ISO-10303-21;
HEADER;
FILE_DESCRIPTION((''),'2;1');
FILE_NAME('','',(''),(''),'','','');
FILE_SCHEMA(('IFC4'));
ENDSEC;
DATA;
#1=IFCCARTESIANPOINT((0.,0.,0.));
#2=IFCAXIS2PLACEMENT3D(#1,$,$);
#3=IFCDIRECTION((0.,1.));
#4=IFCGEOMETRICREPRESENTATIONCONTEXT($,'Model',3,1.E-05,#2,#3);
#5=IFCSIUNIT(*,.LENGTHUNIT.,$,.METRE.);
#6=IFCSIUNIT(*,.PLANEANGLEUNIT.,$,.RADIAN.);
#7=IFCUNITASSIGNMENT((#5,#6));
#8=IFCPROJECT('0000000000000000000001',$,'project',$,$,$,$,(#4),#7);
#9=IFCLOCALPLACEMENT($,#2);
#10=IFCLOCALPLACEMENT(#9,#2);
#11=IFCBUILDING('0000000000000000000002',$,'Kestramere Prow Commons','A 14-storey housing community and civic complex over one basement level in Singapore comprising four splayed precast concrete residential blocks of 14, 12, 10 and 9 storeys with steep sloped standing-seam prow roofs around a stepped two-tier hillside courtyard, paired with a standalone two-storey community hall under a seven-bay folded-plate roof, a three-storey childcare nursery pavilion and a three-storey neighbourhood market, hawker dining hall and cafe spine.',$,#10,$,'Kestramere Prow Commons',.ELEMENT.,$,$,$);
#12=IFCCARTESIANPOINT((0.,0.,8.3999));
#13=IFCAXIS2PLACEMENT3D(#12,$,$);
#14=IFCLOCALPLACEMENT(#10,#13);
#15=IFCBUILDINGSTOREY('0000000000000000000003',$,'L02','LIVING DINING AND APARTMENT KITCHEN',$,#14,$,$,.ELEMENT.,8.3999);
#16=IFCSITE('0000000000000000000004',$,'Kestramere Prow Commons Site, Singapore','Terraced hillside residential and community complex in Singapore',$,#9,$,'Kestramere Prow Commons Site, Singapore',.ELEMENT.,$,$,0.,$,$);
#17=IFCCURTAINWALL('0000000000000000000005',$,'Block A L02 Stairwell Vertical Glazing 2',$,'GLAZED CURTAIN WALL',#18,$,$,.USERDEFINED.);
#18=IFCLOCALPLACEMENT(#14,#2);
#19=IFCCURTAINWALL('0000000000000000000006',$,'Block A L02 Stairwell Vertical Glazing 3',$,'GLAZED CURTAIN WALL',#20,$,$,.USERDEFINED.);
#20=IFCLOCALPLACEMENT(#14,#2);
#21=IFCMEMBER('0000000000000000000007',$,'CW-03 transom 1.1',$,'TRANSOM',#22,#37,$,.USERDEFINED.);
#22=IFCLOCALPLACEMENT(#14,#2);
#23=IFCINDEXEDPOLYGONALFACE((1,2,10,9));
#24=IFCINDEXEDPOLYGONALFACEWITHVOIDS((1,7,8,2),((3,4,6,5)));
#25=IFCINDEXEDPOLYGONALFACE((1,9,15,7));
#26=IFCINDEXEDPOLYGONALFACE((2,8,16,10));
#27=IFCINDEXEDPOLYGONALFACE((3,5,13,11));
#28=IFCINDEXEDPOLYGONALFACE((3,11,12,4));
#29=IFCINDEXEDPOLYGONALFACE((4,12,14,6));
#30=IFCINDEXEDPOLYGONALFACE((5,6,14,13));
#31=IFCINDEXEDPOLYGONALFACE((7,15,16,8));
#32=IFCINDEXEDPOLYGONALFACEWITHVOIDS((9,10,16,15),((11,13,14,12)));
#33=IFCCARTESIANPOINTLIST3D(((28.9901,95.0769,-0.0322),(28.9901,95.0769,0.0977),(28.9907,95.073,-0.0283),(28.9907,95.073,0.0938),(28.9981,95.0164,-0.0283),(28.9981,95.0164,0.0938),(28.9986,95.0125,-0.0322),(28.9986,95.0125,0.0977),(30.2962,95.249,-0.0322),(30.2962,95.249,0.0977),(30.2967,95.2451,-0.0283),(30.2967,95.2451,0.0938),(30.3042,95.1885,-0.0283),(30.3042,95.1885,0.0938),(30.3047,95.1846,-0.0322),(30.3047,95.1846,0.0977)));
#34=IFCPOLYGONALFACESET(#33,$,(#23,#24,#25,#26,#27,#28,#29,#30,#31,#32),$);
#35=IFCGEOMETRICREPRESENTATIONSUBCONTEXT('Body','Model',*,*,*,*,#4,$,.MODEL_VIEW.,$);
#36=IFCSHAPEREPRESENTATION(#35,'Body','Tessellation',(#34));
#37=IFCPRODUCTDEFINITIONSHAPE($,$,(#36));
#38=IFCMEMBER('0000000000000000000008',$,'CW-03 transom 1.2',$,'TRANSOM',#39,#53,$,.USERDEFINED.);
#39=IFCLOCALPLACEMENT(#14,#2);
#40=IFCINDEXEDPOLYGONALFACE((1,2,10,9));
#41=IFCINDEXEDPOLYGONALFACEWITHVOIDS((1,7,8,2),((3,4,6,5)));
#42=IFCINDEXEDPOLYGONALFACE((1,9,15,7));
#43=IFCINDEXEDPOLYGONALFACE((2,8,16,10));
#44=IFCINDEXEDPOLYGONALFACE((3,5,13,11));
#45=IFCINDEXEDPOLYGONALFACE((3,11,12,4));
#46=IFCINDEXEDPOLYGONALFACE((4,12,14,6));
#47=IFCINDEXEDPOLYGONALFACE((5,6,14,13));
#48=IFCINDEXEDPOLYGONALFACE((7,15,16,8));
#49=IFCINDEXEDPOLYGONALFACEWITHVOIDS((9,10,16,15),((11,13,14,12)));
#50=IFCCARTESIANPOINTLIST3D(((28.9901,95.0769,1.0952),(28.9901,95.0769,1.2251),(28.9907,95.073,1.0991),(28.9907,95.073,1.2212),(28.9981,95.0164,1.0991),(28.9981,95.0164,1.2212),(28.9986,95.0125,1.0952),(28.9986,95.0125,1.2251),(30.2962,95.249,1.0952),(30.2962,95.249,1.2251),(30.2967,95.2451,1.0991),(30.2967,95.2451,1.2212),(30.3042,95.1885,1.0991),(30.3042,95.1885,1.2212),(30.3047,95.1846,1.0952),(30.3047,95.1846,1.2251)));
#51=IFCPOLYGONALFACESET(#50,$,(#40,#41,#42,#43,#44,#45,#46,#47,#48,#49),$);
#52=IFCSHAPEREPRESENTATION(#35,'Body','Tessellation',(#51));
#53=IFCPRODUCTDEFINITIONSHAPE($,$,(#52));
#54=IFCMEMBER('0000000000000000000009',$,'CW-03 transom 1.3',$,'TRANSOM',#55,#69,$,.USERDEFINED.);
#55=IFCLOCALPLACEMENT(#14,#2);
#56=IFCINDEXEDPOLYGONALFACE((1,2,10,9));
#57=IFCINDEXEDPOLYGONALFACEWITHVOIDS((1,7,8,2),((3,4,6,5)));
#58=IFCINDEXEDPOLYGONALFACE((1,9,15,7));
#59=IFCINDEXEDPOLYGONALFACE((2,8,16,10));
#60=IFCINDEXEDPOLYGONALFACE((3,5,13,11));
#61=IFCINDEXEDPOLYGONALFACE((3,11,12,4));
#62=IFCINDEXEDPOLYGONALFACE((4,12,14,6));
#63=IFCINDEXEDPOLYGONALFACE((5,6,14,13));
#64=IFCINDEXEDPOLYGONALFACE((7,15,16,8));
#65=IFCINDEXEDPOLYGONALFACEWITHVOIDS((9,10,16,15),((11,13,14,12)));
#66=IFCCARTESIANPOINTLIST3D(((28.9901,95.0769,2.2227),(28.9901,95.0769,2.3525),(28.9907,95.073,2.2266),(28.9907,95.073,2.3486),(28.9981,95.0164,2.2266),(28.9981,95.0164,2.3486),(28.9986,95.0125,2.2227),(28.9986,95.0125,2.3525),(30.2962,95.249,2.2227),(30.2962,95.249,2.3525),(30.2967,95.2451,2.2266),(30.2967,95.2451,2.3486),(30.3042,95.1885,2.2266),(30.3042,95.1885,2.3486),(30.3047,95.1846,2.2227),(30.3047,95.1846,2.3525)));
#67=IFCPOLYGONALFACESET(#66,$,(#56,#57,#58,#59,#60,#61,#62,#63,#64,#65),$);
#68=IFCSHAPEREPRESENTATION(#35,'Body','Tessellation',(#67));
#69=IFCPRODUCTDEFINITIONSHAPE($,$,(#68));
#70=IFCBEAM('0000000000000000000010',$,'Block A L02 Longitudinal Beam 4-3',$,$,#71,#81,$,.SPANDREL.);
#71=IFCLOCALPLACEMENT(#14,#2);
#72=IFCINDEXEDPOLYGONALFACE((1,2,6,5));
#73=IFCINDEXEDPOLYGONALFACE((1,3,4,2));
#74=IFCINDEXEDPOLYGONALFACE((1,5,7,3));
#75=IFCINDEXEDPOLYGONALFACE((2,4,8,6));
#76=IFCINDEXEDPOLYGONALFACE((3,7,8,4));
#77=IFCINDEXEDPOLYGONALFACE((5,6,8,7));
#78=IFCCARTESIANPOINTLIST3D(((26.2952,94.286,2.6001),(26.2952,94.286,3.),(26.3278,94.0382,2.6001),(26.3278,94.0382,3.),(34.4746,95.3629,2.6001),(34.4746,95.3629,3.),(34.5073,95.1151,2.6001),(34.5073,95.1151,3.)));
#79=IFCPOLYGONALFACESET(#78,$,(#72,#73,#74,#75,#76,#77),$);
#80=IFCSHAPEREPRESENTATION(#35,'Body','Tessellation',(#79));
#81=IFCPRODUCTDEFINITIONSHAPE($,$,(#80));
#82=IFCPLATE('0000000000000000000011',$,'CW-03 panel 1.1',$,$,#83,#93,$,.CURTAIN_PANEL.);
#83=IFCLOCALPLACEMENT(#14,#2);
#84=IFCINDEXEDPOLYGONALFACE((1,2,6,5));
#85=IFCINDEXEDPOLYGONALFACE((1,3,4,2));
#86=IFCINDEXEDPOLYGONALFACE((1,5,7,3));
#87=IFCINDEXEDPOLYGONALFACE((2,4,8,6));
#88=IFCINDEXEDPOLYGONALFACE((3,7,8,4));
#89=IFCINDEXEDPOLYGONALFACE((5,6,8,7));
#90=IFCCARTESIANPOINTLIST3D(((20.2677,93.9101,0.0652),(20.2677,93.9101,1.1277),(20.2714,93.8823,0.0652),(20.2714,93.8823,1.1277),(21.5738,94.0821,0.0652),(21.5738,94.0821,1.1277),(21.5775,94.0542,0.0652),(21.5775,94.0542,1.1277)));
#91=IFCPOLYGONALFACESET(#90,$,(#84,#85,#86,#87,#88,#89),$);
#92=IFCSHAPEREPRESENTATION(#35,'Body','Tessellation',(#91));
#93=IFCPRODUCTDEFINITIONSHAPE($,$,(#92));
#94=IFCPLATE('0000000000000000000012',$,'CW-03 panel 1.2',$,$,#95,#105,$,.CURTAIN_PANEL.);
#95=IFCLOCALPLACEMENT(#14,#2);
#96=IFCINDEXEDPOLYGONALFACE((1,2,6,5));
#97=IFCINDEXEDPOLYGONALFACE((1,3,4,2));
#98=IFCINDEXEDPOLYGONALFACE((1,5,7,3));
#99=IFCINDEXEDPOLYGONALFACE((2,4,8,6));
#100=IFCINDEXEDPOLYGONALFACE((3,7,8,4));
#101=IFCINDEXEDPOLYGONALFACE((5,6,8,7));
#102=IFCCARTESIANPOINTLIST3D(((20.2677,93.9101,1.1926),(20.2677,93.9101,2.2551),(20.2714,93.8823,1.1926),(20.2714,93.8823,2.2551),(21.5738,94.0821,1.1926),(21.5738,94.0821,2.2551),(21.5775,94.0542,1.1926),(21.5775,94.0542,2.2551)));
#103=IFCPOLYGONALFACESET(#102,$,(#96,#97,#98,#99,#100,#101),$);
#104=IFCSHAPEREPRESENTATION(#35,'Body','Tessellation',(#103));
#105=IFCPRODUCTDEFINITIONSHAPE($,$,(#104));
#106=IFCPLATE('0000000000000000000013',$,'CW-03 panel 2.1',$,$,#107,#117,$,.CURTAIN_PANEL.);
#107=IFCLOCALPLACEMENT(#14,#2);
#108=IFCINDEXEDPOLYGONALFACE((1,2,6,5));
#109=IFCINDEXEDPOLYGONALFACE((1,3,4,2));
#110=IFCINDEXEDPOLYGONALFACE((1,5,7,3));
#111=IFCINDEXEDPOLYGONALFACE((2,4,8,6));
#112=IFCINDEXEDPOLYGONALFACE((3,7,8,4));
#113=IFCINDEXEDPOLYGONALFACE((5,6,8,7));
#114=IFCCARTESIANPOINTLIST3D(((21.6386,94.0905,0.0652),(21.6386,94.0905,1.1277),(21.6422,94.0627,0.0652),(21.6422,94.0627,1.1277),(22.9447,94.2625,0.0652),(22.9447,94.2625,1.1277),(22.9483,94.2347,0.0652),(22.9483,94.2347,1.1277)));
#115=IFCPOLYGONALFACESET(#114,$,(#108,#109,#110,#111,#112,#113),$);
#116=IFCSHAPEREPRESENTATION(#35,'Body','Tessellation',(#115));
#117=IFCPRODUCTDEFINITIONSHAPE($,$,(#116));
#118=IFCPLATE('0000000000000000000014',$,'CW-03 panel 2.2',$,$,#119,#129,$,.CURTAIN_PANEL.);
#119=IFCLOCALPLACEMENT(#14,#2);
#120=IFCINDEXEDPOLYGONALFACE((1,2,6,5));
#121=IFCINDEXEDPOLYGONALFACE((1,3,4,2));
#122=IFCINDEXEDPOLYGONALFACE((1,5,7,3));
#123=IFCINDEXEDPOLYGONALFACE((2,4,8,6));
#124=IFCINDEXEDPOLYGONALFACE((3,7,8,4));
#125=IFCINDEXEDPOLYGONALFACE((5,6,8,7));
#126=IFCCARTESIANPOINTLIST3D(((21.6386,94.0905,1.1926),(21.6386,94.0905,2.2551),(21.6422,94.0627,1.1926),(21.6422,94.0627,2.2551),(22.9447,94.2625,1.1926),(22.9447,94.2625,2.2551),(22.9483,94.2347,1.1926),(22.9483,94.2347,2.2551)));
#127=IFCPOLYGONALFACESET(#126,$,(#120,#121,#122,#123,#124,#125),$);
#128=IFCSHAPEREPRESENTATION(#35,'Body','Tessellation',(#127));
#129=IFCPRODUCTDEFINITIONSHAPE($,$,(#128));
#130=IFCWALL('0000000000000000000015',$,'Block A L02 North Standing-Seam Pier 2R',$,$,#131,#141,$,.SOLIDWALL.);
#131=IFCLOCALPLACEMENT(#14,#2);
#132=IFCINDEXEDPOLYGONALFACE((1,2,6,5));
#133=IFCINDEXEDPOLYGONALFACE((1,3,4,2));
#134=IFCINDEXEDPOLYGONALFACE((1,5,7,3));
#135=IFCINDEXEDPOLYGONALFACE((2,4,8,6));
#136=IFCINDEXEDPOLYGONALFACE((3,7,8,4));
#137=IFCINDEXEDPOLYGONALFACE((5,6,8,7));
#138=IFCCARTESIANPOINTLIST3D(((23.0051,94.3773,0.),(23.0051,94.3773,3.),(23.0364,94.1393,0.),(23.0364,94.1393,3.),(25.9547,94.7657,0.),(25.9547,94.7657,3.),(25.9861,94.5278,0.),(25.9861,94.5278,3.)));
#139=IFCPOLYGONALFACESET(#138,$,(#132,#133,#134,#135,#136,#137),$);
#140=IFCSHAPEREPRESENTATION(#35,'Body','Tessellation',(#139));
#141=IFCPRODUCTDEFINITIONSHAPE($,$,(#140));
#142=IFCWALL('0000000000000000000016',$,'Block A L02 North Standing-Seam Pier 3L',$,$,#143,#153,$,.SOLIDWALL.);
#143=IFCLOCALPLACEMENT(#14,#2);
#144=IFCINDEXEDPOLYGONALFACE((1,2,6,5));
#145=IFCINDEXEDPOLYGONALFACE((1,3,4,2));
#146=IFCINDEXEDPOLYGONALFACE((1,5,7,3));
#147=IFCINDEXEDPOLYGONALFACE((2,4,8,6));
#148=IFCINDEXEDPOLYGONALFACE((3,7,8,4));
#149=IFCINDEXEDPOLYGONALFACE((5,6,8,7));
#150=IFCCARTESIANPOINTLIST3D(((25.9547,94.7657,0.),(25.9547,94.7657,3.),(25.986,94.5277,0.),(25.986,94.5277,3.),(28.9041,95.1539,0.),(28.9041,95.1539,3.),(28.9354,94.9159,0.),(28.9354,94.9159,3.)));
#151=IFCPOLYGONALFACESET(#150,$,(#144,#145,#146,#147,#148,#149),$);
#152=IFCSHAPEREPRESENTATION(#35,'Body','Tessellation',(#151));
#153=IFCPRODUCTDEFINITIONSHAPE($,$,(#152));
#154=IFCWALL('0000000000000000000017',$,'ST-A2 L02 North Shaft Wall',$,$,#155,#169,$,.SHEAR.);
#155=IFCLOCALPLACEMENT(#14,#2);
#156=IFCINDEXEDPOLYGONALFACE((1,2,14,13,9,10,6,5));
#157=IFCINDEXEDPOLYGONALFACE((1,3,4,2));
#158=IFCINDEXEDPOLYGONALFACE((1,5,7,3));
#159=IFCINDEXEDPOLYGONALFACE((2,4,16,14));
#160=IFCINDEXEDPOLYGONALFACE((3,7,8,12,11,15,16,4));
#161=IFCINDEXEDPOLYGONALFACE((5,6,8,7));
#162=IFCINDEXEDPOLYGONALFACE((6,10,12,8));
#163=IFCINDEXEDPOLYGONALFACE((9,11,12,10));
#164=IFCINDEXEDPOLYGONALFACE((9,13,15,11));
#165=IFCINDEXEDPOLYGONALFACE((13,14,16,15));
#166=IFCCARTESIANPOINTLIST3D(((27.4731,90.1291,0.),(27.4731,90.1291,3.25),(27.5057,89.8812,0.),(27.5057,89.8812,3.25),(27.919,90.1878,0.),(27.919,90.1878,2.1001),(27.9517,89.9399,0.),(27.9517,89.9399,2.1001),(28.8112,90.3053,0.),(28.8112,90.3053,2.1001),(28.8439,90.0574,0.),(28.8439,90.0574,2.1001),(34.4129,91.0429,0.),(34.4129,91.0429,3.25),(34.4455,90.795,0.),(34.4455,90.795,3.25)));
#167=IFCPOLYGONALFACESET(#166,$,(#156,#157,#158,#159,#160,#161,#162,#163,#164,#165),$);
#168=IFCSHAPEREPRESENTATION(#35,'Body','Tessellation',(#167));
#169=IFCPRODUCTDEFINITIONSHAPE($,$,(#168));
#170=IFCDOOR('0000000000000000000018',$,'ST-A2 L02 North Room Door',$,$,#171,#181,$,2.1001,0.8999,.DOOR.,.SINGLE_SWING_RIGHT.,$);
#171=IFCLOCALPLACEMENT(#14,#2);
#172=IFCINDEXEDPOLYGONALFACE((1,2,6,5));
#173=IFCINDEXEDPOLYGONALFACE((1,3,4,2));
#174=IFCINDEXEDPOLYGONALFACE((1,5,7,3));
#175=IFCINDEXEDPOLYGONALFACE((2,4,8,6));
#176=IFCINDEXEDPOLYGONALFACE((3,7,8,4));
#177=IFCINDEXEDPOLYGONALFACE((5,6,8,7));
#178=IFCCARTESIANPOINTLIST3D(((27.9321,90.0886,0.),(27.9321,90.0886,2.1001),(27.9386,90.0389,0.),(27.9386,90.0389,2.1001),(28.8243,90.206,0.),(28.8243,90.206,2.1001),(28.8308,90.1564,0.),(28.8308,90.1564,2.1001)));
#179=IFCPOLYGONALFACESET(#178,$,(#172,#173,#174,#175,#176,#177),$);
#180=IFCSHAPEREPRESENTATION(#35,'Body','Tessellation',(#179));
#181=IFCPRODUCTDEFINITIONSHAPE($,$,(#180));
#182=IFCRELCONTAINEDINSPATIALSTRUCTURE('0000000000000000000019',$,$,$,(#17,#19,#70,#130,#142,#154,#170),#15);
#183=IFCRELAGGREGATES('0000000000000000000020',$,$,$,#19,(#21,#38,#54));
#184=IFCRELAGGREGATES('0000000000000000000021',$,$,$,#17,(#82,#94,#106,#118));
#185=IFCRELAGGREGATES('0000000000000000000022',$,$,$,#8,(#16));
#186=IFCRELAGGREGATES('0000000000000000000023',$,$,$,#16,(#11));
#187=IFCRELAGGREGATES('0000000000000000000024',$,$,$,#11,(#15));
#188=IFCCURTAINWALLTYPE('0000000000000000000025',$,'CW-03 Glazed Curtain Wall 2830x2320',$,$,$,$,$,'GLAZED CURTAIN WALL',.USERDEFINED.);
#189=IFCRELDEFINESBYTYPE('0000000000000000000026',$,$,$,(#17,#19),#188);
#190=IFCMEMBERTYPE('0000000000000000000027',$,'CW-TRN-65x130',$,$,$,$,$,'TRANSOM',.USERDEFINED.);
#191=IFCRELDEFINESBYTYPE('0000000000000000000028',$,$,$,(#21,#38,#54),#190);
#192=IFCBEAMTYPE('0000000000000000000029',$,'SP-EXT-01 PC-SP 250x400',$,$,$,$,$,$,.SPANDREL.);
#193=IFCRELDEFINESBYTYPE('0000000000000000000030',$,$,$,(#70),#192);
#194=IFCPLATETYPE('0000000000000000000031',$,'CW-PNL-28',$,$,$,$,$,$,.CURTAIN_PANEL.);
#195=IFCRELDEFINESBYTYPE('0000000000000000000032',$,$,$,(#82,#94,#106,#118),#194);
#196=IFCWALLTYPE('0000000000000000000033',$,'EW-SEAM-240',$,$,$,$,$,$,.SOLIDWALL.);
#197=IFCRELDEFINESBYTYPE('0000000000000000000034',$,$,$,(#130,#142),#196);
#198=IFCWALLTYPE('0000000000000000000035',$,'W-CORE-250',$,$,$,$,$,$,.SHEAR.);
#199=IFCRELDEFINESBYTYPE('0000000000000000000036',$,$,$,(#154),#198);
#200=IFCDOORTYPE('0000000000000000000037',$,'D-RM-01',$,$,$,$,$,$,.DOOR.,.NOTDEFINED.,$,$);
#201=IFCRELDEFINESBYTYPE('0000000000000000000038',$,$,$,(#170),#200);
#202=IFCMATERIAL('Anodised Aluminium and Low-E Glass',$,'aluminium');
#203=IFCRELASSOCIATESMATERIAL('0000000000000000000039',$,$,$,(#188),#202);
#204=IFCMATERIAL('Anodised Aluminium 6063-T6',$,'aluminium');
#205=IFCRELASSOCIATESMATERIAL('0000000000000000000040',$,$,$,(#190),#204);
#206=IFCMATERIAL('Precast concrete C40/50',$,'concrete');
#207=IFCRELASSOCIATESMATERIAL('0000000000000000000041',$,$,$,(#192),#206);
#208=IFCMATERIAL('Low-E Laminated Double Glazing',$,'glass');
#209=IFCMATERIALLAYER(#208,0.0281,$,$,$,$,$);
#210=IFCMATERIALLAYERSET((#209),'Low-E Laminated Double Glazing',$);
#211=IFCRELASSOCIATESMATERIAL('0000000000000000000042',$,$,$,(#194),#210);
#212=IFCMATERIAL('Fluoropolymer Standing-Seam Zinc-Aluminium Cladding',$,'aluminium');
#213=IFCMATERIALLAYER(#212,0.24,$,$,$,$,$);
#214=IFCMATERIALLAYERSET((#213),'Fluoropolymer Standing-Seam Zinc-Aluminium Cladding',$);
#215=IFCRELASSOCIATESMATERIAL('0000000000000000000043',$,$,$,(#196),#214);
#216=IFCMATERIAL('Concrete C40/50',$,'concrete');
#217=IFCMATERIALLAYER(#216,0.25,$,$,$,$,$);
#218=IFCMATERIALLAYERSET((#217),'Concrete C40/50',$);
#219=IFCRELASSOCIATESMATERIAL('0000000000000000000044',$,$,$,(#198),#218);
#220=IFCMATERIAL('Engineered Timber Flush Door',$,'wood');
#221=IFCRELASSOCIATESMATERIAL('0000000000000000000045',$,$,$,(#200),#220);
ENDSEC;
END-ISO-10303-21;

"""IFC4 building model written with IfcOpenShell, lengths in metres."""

from ifc_helpers import new_model, si_unit, direction, frame, frame_2d, origin, origin_2d, place, context, subcontext, project, spatial, rectangle, hollow_rectangle, extrude, material, layer, layer_set, material_profile, profile_set, type_object, element, fill, aggregate, save


model = new_model("IFC4")

# Units and contexts
model_context = context("Model", 3, precision=1e-05, world=origin(), true_north=direction((0.0, 1.0)))
body_context = subcontext(model_context, "Body", "Model", "MODEL_VIEW")
ifc_project = project(units=[si_unit("LENGTHUNIT", "METRE"), si_unit("PLANEANGLEUNIT", "RADIAN")], contexts=[model_context])

# Site, building, storey
site_placement = place(None, origin())
site = spatial("IfcSite", under=ifc_project, at=site_placement, Name="Kestramere Prow Commons Site, Singapore", Description="Terraced hillside residential and community complex in Singapore", LongName="Kestramere Prow Commons Site, Singapore", CompositionType="ELEMENT", RefElevation=0.0)
building_placement = place(site_placement, origin())
building = spatial("IfcBuilding", under=site, at=building_placement, Name="Kestramere Prow Commons", Description="A 14-storey housing community and civic complex over one basement level in Singapore comprising four splayed precast concrete residential blocks of 14, 12, 10 and 9 storeys with steep sloped standing-seam prow roofs around a stepped two-tier hillside courtyard, paired with a standalone two-storey community hall under a seven-bay folded-plate roof, a three-storey childcare nursery pavilion and a three-storey neighbourhood market, hawker dining hall and cafe spine.", LongName="Kestramere Prow Commons", CompositionType="ELEMENT")
storey_placement = place(building_placement, frame((0.0, 0.0, 8.3999)))
storey = spatial("IfcBuildingStorey", under=building, at=storey_placement, Name="L02", Description="LIVING DINING AND APARTMENT KITCHEN", CompositionType="ELEMENT", Elevation=8.3999)

# Shared definitions
ifc_material_1 = material(Name="Precast concrete C40/50", Category="concrete")

# Curtain wall
ifc_material_2 = material(Name="Anodised Aluminium and Low-E Glass", Category="aluminium")
curtain_wall_type = type_object("IfcCurtainWallType", Name="CW-03 Glazed Curtain Wall 2830x2320", ElementType="GLAZED CURTAIN WALL", PredefinedType="USERDEFINED", material=ifc_material_2)
curtain_wall_1_placement = place(storey_placement, origin())
curtain_wall_1 = element("IfcCurtainWall", 1, at=curtain_wall_1_placement, inside=storey, type_object=curtain_wall_type, Name="Block A L02 Stairwell Vertical Glazing 2", ObjectType="GLAZED CURTAIN WALL", PredefinedType="USERDEFINED")
ifc_material_3 = material(Name="Anodised Aluminium 6063-T6", Category="aluminium")

# Curtain wall
curtain_wall_2_placement = place(storey_placement, origin())
curtain_wall_2 = element("IfcCurtainWall", 2, at=curtain_wall_2_placement, inside=storey, type_object=curtain_wall_type, Name="Block A L02 Stairwell Vertical Glazing 3", ObjectType="GLAZED CURTAIN WALL", PredefinedType="USERDEFINED")

# Members
ifc_material_profile_1 = material_profile(ifc_material_3, hollow_rectangle(XDim=0.0649, YDim=0.1299, WallThickness=0.0039, at=origin_2d()), Name="ALU-TRN 65x130")
ifc_profile_set_1 = profile_set([ifc_material_profile_1], Name="Anodised Aluminium 6063-T6")
member_type_1 = type_object("IfcMemberType", Name="CW-TRN-65x130", ElementType="TRANSOM", PredefinedType="USERDEFINED", material=ifc_profile_set_1)
member_1_placement = place(storey_placement, frame((28.9944, 95.0447, 0.0327), z_axis=(0.991429, 0.130646, 0.0), x_axis=(-0.130646, 0.991429, 0.0)))
member_1 = element("IfcMember", 3, at=member_1_placement, type_object=member_type_1, Name="CW-03 transom 1.1", ObjectType="TRANSOM", PredefinedType="USERDEFINED", context=body_context, shape_type="SweptSolid", body=[
    extrude(hollow_rectangle(XDim=0.0649, YDim=0.1299, WallThickness=0.0039, at=origin_2d()), origin(), (0.0, 0.0, 1.0), 1.3174),
])
member_2_placement = place(storey_placement, frame((28.9944, 95.0447, 1.1602), z_axis=(0.991429, 0.130646, 0.0), x_axis=(-0.130646, 0.991429, 0.0)))
member_2 = element("IfcMember", 4, at=member_2_placement, type_object=member_type_1, Name="CW-03 transom 1.2", ObjectType="TRANSOM", PredefinedType="USERDEFINED", context=body_context, shape_type="SweptSolid", body=[
    extrude(hollow_rectangle(XDim=0.0649, YDim=0.1299, WallThickness=0.0039, at=origin_2d()), origin(), (0.0, 0.0, 1.0), 1.3174),
])
member_3_placement = place(storey_placement, frame((28.9944, 95.0447, 2.2876), z_axis=(0.991429, 0.130646, 0.0), x_axis=(-0.130646, 0.991429, 0.0)))
member_3 = element("IfcMember", 5, at=member_3_placement, type_object=member_type_1, Name="CW-03 transom 1.3", ObjectType="TRANSOM", PredefinedType="USERDEFINED", context=body_context, shape_type="SweptSolid", body=[
    extrude(hollow_rectangle(XDim=0.0649, YDim=0.1299, WallThickness=0.0039, at=origin_2d()), origin(), (0.0, 0.0, 1.0), 1.3174),
])
aggregate(curtain_wall_2, [member_1, member_2, member_3])

# Beam
ifc_material_profile_2 = material_profile(ifc_material_1, rectangle(XDim=0.25, YDim=0.3999, at=origin_2d()), Name="PC-SP 250x400")
ifc_profile_set_2 = profile_set([ifc_material_profile_2], Name="Precast concrete C40/50")
beam_type = type_object("IfcBeamType", Name="SP-EXT-01 PC-SP 250x400", PredefinedType="SPANDREL", material=ifc_profile_set_2)
beam_placement = place(storey_placement, frame((26.3115, 94.1621, 2.8), z_axis=(0.991444, 0.130533, 0.0), x_axis=(-0.130533, 0.991444, 0.0)))
element("IfcBeam", 6, at=beam_placement, inside=storey, type_object=beam_type, Name="Block A L02 Longitudinal Beam 4-3", PredefinedType="SPANDREL", context=body_context, shape_type="SweptSolid", body=[
    extrude(rectangle(XDim=0.25, YDim=0.3999, at=origin_2d()), origin(), (0.0, 0.0, 1.0), 8.25),
])

# Plates
ifc_material_4 = material(Name="Low-E Laminated Double Glazing", Category="glass")
ifc_layer_1 = layer(ifc_material_4, 0.0281)
ifc_layer_set_1 = layer_set([ifc_layer_1], Name="Low-E Laminated Double Glazing")
plate_type = type_object("IfcPlateType", Name="CW-PNL-28", PredefinedType="CURTAIN_PANEL", material=ifc_layer_set_1)
plate_1_placement = place(storey_placement, frame((20.9226, 93.9822, 0.0652), z_axis=(0.0, 0.0, 1.0), x_axis=(0.991445, 0.130526, 0.0)))
plate_1 = element("IfcPlate", 7, at=plate_1_placement, type_object=plate_type, Name="CW-03 panel 1.1", PredefinedType="CURTAIN_PANEL", context=body_context, shape_type="SweptSolid", body=[
    extrude(rectangle(XDim=1.3174, YDim=0.0281, at=origin_2d()), origin(), (0.0, 0.0, 1.0), 1.0625),
])
plate_2_placement = place(storey_placement, frame((20.9226, 93.9822, 1.1926), z_axis=(0.0, 0.0, 1.0), x_axis=(0.991445, 0.130526, 0.0)))
plate_2 = element("IfcPlate", 8, at=plate_2_placement, type_object=plate_type, Name="CW-03 panel 1.2", PredefinedType="CURTAIN_PANEL", context=body_context, shape_type="SweptSolid", body=[
    extrude(rectangle(XDim=1.3174, YDim=0.0281, at=origin_2d()), origin(), (0.0, 0.0, 1.0), 1.0625),
])
plate_3_placement = place(storey_placement, frame((22.2935, 94.1626, 0.0652), z_axis=(0.0, 0.0, 1.0), x_axis=(0.991445, 0.130526, 0.0)))
plate_3 = element("IfcPlate", 9, at=plate_3_placement, type_object=plate_type, Name="CW-03 panel 2.1", PredefinedType="CURTAIN_PANEL", context=body_context, shape_type="SweptSolid", body=[
    extrude(rectangle(XDim=1.3174, YDim=0.0281, at=origin_2d()), origin(), (0.0, 0.0, 1.0), 1.0625),
])
plate_4_placement = place(storey_placement, frame((22.2935, 94.1626, 1.1926), z_axis=(0.0, 0.0, 1.0), x_axis=(0.991445, 0.130526, 0.0)))
plate_4 = element("IfcPlate", 10, at=plate_4_placement, type_object=plate_type, Name="CW-03 panel 2.2", PredefinedType="CURTAIN_PANEL", context=body_context, shape_type="SweptSolid", body=[
    extrude(rectangle(XDim=1.3174, YDim=0.0281, at=origin_2d()), origin(), (0.0, 0.0, 1.0), 1.0625),
])
aggregate(curtain_wall_1, [plate_1, plate_2, plate_3, plate_4])

# Walls
ifc_material_5 = material(Name="Fluoropolymer Standing-Seam Zinc-Aluminium Cladding", Category="aluminium")
ifc_layer_2 = layer(ifc_material_5, 0.24)
ifc_layer_set_2 = layer_set([ifc_layer_2], Name="Fluoropolymer Standing-Seam Zinc-Aluminium Cladding")
wall_type_1 = type_object("IfcWallType", Name="EW-SEAM-240", PredefinedType="SOLIDWALL", material=ifc_layer_set_2)
wall_1_placement = place(storey_placement, frame((23.0208, 94.2583, 0.0), z_axis=(0.0, 0.0, 1.0), x_axis=(0.991441, 0.130556, 0.0)))
element("IfcWall", 11, at=wall_1_placement, inside=storey, type_object=wall_type_1, Name="Block A L02 North Standing-Seam Pier 2R", PredefinedType="SOLIDWALL", context=body_context, shape_type="SweptSolid", body=[
    extrude(rectangle(XDim=2.9751, YDim=0.24, at=frame_2d((1.4875, 0.0))), origin(), (0.0, 0.0, 1.0), 3.0),
])
wall_2_placement = place(storey_placement, frame((25.9705, 94.6467, 0.0), z_axis=(0.0, 0.0, 1.0), x_axis=(0.99145, 0.130486, 0.0)))
element("IfcWall", 12, at=wall_2_placement, inside=storey, type_object=wall_type_1, Name="Block A L02 North Standing-Seam Pier 3L", PredefinedType="SOLIDWALL", context=body_context, shape_type="SweptSolid", body=[
    extrude(rectangle(XDim=2.9749, YDim=0.24, at=frame_2d((1.4873, 0.0))), origin(), (0.0, 0.0, 1.0), 3.0),
])

# Wall, opening, door
ifc_material_6 = material(Name="Concrete C40/50", Category="concrete")
ifc_layer_3 = layer(ifc_material_6, 0.25)
ifc_layer_set_3 = layer_set([ifc_layer_3], Name="Concrete C40/50")
wall_type_2 = type_object("IfcWallType", Name="W-CORE-250", PredefinedType="SHEAR", material=ifc_layer_set_3)
wall_3_placement = place(storey_placement, frame((27.4893, 90.0051, 0.0), z_axis=(0.0, 0.0, 1.0), x_axis=(0.991442, 0.130548, 0.0)))
wall_3 = element("IfcWall", 13, at=wall_3_placement, inside=storey, type_object=wall_type_2, Name="ST-A2 L02 North Shaft Wall", PredefinedType="SHEAR", context=body_context, shape_type="SweptSolid", body=[
    extrude(rectangle(XDim=6.9998, YDim=0.25, at=frame_2d((3.5, 0.0))), origin(), (0.0, 0.0, 1.0), 3.25),
])
opening_placement = place(wall_3_placement, frame((0.45, 0.0, 0.0)))
opening = element("IfcOpeningElement", 14, at=opening_placement, cuts=wall_3, PredefinedType="OPENING", context=body_context, shape_type="SweptSolid", body=[
    extrude(rectangle(XDim=0.8999, YDim=2.1001, at=frame_2d((0.45, 1.05))), frame((0.0, 0.1399, 0.0), z_axis=(0.0, -1.0, 0.0), x_axis=(1.0, 0.0, 0.0)), (0.0, 0.0, 1.0), 0.28),
])
ifc_material_7 = material(Name="Engineered Timber Flush Door", Category="wood")
door_type = type_object("IfcDoorType", Name="D-RM-01", OperationType="NOTDEFINED", PredefinedType="DOOR", material=ifc_material_7)
door_placement = place(opening_placement, origin())
door = element("IfcDoor", 15, at=door_placement, inside=storey, type_object=door_type, Name="ST-A2 L02 North Room Door", OperationType="SINGLE_SWING_RIGHT", OverallHeight=2.1001, OverallWidth=0.8999, PredefinedType="DOOR", context=body_context, shape_type="SweptSolid", body=[
    extrude(rectangle(XDim=0.8999, YDim=2.1001, at=frame_2d((0.45, 1.05))), frame((0.0, 0.0249, 0.0), z_axis=(0.0, -1.0, 0.0), x_axis=(1.0, 0.0, 0.0)), (0.0, 0.0, 1.0), 0.05),
])
fill(opening, door)

save(model, "model.ifc")
